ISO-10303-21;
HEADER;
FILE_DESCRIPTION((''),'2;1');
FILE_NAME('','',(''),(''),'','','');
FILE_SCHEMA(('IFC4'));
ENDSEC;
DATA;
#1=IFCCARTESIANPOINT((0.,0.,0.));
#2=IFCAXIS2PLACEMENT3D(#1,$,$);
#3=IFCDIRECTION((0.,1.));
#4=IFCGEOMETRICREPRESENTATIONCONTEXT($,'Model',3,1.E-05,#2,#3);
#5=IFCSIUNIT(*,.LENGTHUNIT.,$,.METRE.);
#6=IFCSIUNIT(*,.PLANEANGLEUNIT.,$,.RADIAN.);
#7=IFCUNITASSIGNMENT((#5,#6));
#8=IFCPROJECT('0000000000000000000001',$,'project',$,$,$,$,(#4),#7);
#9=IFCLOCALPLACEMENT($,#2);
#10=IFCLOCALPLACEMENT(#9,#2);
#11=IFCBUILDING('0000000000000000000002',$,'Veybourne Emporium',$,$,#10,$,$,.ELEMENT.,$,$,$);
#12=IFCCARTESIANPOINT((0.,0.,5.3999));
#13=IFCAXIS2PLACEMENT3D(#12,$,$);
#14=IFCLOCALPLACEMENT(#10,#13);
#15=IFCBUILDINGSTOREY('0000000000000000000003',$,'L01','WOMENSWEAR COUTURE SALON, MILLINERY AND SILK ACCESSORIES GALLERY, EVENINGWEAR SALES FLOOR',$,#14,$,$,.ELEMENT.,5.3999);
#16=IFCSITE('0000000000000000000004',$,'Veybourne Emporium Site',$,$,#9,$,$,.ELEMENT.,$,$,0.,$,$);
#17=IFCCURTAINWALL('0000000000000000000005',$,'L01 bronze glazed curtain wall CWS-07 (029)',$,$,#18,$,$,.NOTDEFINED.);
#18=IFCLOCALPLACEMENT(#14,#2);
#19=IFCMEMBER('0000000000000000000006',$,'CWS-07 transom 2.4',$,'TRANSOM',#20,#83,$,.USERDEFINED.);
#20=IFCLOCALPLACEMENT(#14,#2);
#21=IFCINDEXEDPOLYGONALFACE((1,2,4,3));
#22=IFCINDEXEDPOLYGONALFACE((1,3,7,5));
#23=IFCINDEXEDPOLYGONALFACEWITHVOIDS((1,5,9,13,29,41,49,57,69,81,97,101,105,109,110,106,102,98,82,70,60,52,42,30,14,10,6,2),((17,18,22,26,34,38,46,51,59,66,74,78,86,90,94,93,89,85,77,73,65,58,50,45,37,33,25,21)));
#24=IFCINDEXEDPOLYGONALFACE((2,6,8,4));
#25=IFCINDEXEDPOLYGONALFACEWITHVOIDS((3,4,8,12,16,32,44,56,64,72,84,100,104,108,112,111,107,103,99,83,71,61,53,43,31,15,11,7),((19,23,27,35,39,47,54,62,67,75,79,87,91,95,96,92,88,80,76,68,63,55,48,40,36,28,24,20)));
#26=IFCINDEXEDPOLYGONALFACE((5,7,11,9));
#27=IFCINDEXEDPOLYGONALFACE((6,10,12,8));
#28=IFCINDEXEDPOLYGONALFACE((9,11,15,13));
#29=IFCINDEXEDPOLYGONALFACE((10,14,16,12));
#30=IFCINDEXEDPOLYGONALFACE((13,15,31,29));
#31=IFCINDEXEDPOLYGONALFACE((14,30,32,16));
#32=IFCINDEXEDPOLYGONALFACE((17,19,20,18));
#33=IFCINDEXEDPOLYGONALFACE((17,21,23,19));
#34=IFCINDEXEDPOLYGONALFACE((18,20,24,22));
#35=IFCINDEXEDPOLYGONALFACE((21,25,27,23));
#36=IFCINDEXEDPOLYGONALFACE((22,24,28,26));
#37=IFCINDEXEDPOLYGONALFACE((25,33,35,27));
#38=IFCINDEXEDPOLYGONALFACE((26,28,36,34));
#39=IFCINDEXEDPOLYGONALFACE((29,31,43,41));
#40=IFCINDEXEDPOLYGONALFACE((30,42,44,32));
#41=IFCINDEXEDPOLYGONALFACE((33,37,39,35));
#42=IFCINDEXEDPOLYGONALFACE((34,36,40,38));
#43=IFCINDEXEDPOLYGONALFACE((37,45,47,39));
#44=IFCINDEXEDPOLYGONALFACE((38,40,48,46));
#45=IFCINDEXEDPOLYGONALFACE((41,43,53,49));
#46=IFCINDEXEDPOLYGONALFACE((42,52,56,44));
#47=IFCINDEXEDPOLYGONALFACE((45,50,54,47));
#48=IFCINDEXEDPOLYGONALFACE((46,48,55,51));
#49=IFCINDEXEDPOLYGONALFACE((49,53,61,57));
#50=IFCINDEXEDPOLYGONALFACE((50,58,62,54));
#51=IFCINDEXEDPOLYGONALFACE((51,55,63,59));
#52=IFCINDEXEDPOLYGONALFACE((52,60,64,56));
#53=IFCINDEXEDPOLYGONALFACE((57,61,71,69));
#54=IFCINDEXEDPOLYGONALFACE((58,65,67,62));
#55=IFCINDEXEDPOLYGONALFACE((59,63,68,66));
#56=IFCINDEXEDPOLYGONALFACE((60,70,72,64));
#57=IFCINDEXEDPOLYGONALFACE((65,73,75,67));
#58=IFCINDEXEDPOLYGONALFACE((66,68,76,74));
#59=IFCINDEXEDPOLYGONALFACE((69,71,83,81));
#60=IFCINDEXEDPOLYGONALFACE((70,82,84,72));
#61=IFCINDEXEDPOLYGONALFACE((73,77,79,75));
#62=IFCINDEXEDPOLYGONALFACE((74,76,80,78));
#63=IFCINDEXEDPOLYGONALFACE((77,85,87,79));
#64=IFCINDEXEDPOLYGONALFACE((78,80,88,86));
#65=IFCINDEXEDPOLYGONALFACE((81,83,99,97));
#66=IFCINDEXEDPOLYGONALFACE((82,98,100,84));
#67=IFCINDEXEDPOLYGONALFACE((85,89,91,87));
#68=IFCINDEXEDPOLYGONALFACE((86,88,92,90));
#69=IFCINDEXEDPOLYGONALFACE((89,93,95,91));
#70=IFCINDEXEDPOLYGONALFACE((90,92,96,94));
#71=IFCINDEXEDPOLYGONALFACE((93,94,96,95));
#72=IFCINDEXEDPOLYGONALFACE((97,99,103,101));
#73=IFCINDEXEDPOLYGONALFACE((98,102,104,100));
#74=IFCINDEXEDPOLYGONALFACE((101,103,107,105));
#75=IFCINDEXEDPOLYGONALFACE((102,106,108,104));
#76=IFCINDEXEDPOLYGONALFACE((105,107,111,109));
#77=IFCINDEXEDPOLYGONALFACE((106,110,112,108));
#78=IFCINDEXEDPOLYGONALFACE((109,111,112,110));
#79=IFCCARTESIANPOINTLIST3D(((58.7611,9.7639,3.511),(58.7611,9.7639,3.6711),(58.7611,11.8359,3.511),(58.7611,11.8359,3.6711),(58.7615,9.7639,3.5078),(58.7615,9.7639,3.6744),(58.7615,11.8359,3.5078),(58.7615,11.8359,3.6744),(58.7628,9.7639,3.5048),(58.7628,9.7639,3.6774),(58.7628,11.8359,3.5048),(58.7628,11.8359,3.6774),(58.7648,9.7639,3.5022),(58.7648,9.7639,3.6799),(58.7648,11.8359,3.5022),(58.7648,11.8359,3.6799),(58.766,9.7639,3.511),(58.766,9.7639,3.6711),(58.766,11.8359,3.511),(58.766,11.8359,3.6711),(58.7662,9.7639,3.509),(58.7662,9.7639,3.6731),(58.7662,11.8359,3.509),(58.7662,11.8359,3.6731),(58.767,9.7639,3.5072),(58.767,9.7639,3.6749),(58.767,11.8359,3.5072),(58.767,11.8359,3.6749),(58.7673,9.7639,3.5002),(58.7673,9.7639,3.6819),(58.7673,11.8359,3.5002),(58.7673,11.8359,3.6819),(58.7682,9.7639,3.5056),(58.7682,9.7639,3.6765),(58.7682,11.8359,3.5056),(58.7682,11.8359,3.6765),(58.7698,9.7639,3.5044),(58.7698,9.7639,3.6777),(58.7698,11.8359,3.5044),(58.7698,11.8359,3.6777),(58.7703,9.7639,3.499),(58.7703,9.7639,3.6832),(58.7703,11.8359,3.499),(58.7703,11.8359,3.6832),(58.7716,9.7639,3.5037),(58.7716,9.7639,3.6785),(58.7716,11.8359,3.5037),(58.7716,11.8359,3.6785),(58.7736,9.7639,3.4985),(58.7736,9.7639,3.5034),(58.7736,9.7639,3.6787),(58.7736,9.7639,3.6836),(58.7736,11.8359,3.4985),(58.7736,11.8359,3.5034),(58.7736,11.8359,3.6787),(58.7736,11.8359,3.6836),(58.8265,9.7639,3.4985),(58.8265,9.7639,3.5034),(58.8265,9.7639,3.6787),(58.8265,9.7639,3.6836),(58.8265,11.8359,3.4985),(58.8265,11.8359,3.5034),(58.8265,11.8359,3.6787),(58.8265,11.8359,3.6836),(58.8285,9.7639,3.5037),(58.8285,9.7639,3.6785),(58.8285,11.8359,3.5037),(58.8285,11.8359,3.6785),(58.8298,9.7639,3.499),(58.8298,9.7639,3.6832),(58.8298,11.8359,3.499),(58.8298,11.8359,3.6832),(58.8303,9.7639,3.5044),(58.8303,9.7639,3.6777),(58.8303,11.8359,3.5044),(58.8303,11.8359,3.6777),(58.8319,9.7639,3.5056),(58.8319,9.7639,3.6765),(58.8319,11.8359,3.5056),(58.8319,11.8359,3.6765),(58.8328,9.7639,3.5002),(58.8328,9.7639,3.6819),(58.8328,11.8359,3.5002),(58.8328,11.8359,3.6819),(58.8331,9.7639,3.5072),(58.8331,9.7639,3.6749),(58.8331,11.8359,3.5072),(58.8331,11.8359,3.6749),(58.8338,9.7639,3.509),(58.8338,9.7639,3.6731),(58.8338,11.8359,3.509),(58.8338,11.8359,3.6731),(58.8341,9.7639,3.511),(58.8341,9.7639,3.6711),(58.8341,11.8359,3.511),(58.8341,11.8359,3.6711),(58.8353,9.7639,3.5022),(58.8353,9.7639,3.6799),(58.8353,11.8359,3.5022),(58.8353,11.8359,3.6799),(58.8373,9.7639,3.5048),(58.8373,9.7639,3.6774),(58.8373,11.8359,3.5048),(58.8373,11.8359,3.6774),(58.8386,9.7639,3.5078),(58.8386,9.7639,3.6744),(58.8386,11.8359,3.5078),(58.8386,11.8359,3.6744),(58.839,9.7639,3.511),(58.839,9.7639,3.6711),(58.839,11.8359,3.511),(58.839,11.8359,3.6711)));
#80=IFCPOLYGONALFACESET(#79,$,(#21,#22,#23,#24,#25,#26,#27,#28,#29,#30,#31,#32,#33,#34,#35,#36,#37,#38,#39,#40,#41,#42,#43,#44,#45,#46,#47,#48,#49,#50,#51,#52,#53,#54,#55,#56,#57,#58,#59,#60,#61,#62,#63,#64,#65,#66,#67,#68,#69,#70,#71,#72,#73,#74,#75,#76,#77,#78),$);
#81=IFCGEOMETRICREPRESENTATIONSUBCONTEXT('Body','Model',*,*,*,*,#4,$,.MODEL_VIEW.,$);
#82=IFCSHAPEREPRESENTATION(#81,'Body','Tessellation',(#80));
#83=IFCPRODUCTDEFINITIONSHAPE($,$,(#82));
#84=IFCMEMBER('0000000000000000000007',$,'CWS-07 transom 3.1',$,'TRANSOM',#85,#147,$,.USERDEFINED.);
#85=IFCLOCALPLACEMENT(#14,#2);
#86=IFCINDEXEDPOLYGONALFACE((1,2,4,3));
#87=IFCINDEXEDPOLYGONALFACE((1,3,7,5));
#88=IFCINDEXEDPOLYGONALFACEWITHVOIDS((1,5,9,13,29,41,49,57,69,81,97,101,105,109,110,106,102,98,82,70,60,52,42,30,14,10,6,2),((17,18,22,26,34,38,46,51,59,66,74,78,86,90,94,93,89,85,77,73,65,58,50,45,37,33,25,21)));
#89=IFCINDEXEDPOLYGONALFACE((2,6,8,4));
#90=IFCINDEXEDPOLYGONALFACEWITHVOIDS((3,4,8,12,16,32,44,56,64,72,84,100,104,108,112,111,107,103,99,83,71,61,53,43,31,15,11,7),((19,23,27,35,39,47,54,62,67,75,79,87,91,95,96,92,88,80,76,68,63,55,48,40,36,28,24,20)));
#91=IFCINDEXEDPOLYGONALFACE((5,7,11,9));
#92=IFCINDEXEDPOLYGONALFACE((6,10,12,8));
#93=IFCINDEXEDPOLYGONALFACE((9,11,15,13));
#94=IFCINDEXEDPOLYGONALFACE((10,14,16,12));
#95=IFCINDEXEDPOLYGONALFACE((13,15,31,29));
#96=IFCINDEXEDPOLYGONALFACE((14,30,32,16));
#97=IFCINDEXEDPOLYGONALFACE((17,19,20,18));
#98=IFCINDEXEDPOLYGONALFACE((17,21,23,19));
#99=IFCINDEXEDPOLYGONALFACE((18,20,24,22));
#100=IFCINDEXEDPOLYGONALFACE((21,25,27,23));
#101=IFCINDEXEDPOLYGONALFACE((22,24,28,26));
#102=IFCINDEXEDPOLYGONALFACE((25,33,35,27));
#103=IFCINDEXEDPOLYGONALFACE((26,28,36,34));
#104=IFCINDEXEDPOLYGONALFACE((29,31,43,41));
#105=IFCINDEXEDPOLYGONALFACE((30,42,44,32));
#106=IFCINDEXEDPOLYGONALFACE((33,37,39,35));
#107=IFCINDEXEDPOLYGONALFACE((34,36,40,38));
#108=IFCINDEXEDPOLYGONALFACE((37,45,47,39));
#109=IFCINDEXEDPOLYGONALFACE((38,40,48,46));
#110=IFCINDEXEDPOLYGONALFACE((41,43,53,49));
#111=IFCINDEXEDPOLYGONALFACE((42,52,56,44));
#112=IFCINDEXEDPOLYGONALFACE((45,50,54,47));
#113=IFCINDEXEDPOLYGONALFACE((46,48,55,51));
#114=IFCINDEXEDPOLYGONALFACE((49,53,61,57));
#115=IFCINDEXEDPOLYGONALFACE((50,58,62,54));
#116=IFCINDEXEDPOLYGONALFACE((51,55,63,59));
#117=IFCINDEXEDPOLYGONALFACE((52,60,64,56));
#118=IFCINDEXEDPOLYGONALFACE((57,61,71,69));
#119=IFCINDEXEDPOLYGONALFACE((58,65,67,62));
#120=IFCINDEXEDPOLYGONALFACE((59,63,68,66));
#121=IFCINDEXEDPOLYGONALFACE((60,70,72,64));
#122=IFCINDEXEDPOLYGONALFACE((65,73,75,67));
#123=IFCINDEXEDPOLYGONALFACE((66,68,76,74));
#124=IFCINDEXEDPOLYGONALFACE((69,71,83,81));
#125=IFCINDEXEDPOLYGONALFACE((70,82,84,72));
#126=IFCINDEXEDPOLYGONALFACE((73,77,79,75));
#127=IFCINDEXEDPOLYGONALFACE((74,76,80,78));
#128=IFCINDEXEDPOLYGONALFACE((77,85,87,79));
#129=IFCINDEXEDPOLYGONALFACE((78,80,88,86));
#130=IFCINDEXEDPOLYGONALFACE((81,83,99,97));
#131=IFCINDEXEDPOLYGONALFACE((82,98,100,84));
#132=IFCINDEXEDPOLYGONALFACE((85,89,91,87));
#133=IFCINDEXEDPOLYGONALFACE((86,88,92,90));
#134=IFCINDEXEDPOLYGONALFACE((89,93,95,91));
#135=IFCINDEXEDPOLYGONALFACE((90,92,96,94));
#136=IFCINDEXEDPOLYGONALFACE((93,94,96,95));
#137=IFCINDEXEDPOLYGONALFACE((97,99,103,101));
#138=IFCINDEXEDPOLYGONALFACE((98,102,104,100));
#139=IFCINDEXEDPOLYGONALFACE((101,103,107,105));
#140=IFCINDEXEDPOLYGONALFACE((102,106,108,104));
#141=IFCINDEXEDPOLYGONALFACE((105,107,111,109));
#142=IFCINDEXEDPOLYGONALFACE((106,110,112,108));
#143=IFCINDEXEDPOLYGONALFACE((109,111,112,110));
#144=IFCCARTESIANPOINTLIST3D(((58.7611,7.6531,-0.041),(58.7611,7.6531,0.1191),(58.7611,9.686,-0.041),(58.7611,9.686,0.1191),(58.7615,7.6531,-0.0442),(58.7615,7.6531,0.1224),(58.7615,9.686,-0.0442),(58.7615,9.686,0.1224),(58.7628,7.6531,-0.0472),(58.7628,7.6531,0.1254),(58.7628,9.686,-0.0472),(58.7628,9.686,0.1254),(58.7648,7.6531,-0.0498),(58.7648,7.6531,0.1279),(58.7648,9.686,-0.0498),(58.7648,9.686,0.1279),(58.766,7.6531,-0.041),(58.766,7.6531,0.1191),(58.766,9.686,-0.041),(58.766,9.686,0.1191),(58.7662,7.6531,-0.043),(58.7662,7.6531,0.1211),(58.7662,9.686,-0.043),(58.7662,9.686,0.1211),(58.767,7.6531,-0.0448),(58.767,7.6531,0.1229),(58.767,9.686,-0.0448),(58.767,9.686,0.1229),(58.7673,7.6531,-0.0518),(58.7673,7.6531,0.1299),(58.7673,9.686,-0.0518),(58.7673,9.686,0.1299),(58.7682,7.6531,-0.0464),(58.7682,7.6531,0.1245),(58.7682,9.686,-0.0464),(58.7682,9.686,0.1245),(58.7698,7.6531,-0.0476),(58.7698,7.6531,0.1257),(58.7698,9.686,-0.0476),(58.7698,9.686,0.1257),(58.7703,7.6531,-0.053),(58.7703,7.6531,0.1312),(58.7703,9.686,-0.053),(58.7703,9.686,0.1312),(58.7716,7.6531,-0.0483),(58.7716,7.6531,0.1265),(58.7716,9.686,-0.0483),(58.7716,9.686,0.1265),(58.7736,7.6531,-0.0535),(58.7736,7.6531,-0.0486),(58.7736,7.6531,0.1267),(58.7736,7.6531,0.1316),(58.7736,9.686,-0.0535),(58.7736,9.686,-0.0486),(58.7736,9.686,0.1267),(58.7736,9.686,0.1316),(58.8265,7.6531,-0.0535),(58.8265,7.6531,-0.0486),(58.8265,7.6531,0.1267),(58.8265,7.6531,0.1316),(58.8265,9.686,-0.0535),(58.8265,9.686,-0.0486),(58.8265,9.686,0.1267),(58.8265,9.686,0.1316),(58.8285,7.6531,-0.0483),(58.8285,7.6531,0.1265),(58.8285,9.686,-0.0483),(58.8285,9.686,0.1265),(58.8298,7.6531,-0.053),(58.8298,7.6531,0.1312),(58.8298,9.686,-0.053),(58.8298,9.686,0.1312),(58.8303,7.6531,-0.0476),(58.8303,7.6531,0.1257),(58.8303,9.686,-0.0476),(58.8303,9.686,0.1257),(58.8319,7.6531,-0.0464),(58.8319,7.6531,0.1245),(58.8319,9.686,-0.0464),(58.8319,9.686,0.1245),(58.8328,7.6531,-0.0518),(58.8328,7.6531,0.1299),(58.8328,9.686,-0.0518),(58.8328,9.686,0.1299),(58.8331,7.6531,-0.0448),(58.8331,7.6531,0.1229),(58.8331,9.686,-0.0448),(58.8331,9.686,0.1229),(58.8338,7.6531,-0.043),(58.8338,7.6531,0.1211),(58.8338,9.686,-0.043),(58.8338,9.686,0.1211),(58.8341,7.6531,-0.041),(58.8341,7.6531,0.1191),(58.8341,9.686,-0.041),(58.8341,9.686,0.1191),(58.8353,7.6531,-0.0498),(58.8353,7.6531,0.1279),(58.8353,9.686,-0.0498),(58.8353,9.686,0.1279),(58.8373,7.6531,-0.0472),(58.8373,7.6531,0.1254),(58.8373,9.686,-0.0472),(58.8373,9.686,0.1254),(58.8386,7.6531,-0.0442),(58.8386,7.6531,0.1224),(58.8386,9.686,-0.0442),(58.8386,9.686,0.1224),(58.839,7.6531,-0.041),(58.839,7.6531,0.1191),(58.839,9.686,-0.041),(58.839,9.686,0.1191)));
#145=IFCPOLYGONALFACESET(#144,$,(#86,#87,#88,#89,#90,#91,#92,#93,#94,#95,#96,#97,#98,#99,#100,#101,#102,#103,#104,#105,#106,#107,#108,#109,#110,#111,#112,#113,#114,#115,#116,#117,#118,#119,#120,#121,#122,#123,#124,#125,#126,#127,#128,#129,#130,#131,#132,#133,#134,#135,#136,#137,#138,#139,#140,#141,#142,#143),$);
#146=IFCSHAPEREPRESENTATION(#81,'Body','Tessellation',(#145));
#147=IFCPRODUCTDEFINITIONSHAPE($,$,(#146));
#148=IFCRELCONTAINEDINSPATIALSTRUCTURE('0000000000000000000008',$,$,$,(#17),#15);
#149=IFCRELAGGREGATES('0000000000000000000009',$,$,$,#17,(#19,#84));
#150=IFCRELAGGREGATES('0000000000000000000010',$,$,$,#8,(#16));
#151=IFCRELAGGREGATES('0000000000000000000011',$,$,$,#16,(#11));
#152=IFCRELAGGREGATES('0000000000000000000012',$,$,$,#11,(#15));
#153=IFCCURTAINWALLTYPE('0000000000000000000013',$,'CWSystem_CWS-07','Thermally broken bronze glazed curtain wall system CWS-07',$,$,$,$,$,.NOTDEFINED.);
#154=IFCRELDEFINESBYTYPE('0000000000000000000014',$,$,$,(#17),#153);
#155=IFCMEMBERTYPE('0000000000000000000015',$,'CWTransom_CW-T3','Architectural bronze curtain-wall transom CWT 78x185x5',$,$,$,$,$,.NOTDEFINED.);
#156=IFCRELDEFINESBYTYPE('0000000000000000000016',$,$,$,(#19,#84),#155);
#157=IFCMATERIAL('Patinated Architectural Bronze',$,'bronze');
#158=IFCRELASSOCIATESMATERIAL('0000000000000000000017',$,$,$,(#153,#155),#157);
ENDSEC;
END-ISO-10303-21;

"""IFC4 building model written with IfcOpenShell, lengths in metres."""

from ifc_helpers import new_model, si_unit, direction, frame, origin, origin_2d, place, context, subcontext, project, spatial, hollow_rectangle, extrude, material, material_profile, profile_set, type_object, element, aggregate, save


model = new_model("IFC4")

# Units and contexts
model_context = context("Model", 3, precision=1e-05, world=origin(), true_north=direction((0.0, 1.0)))
body_context = subcontext(model_context, "Body", "Model", "MODEL_VIEW")
ifc_project = project(units=[si_unit("LENGTHUNIT", "METRE"), si_unit("PLANEANGLEUNIT", "RADIAN")], contexts=[model_context])

# Site, building, storey
site_placement = place(None, origin())
site = spatial("IfcSite", under=ifc_project, at=site_placement, Name="Veybourne Emporium Site", CompositionType="ELEMENT", RefElevation=0.0)
building_placement = place(site_placement, origin())
building = spatial("IfcBuilding", under=site, at=building_placement, Name="Veybourne Emporium", CompositionType="ELEMENT")
storey_placement = place(building_placement, frame((0.0, 0.0, 5.3999)))
storey = spatial("IfcBuildingStorey", under=building, at=storey_placement, Name="L01", Description="WOMENSWEAR COUTURE SALON, MILLINERY AND SILK ACCESSORIES GALLERY, EVENINGWEAR SALES FLOOR", CompositionType="ELEMENT", Elevation=5.3999)

# Curtain wall, members
ifc_material_1 = material(Name="Patinated Architectural Bronze", Category="bronze")
curtain_wall_type = type_object("IfcCurtainWallType", Name="CWSystem_CWS-07", Description="Thermally broken bronze glazed curtain wall system CWS-07", PredefinedType="NOTDEFINED", material=ifc_material_1)
curtain_wall_placement = place(storey_placement, origin())
curtain_wall = element("IfcCurtainWall", 1, at=curtain_wall_placement, inside=storey, type_object=curtain_wall_type, Name="L01 bronze glazed curtain wall CWS-07 (029)", PredefinedType="NOTDEFINED")
ifc_material_profile_1 = material_profile(ifc_material_1, hollow_rectangle(XDim=0.0779, YDim=0.1851, WallThickness=0.0049, InnerFilletRadius=0.0076, OuterFilletRadius=0.0125, at=origin_2d()), Name="CWT 78x185x5")
ifc_profile_set_1 = profile_set([ifc_material_profile_1], Name="Patinated Architectural Bronze")
member_type_1 = type_object("IfcMemberType", Name="CWTransom_CW-T3", Description="Architectural bronze curtain-wall transom CWT 78x185x5", PredefinedType="NOTDEFINED", material=ifc_profile_set_1)
member_1_placement = place(storey_placement, frame((58.8, 11.8359, 3.5911), z_axis=(0.0, -1.0, 0.0), x_axis=(1.0, 0.0, 0.0)))
member_1 = element("IfcMember", 2, at=member_1_placement, type_object=member_type_1, Name="CWS-07 transom 2.4", ObjectType="TRANSOM", PredefinedType="USERDEFINED", context=body_context, shape_type="SweptSolid", body=[
    extrude(hollow_rectangle(XDim=0.0779, YDim=0.1851, WallThickness=0.0049, InnerFilletRadius=0.0076, OuterFilletRadius=0.0125, at=origin_2d()), origin(), (0.0, 0.0, 1.0), 2.072),
])
member_2_placement = place(storey_placement, frame((58.8, 9.686, 0.0391), z_axis=(0.0, -1.0, 0.0), x_axis=(1.0, 0.0, 0.0)))
member_2 = element("IfcMember", 3, at=member_2_placement, type_object=member_type_1, Name="CWS-07 transom 3.1", ObjectType="TRANSOM", PredefinedType="USERDEFINED", context=body_context, shape_type="SweptSolid", body=[
    extrude(hollow_rectangle(XDim=0.0779, YDim=0.1851, WallThickness=0.0049, InnerFilletRadius=0.0076, OuterFilletRadius=0.0125, at=origin_2d()), origin(), (0.0, 0.0, 1.0), 2.033),
])

aggregate(curtain_wall, [member_1, member_2])

save(model, "model.ifc")
